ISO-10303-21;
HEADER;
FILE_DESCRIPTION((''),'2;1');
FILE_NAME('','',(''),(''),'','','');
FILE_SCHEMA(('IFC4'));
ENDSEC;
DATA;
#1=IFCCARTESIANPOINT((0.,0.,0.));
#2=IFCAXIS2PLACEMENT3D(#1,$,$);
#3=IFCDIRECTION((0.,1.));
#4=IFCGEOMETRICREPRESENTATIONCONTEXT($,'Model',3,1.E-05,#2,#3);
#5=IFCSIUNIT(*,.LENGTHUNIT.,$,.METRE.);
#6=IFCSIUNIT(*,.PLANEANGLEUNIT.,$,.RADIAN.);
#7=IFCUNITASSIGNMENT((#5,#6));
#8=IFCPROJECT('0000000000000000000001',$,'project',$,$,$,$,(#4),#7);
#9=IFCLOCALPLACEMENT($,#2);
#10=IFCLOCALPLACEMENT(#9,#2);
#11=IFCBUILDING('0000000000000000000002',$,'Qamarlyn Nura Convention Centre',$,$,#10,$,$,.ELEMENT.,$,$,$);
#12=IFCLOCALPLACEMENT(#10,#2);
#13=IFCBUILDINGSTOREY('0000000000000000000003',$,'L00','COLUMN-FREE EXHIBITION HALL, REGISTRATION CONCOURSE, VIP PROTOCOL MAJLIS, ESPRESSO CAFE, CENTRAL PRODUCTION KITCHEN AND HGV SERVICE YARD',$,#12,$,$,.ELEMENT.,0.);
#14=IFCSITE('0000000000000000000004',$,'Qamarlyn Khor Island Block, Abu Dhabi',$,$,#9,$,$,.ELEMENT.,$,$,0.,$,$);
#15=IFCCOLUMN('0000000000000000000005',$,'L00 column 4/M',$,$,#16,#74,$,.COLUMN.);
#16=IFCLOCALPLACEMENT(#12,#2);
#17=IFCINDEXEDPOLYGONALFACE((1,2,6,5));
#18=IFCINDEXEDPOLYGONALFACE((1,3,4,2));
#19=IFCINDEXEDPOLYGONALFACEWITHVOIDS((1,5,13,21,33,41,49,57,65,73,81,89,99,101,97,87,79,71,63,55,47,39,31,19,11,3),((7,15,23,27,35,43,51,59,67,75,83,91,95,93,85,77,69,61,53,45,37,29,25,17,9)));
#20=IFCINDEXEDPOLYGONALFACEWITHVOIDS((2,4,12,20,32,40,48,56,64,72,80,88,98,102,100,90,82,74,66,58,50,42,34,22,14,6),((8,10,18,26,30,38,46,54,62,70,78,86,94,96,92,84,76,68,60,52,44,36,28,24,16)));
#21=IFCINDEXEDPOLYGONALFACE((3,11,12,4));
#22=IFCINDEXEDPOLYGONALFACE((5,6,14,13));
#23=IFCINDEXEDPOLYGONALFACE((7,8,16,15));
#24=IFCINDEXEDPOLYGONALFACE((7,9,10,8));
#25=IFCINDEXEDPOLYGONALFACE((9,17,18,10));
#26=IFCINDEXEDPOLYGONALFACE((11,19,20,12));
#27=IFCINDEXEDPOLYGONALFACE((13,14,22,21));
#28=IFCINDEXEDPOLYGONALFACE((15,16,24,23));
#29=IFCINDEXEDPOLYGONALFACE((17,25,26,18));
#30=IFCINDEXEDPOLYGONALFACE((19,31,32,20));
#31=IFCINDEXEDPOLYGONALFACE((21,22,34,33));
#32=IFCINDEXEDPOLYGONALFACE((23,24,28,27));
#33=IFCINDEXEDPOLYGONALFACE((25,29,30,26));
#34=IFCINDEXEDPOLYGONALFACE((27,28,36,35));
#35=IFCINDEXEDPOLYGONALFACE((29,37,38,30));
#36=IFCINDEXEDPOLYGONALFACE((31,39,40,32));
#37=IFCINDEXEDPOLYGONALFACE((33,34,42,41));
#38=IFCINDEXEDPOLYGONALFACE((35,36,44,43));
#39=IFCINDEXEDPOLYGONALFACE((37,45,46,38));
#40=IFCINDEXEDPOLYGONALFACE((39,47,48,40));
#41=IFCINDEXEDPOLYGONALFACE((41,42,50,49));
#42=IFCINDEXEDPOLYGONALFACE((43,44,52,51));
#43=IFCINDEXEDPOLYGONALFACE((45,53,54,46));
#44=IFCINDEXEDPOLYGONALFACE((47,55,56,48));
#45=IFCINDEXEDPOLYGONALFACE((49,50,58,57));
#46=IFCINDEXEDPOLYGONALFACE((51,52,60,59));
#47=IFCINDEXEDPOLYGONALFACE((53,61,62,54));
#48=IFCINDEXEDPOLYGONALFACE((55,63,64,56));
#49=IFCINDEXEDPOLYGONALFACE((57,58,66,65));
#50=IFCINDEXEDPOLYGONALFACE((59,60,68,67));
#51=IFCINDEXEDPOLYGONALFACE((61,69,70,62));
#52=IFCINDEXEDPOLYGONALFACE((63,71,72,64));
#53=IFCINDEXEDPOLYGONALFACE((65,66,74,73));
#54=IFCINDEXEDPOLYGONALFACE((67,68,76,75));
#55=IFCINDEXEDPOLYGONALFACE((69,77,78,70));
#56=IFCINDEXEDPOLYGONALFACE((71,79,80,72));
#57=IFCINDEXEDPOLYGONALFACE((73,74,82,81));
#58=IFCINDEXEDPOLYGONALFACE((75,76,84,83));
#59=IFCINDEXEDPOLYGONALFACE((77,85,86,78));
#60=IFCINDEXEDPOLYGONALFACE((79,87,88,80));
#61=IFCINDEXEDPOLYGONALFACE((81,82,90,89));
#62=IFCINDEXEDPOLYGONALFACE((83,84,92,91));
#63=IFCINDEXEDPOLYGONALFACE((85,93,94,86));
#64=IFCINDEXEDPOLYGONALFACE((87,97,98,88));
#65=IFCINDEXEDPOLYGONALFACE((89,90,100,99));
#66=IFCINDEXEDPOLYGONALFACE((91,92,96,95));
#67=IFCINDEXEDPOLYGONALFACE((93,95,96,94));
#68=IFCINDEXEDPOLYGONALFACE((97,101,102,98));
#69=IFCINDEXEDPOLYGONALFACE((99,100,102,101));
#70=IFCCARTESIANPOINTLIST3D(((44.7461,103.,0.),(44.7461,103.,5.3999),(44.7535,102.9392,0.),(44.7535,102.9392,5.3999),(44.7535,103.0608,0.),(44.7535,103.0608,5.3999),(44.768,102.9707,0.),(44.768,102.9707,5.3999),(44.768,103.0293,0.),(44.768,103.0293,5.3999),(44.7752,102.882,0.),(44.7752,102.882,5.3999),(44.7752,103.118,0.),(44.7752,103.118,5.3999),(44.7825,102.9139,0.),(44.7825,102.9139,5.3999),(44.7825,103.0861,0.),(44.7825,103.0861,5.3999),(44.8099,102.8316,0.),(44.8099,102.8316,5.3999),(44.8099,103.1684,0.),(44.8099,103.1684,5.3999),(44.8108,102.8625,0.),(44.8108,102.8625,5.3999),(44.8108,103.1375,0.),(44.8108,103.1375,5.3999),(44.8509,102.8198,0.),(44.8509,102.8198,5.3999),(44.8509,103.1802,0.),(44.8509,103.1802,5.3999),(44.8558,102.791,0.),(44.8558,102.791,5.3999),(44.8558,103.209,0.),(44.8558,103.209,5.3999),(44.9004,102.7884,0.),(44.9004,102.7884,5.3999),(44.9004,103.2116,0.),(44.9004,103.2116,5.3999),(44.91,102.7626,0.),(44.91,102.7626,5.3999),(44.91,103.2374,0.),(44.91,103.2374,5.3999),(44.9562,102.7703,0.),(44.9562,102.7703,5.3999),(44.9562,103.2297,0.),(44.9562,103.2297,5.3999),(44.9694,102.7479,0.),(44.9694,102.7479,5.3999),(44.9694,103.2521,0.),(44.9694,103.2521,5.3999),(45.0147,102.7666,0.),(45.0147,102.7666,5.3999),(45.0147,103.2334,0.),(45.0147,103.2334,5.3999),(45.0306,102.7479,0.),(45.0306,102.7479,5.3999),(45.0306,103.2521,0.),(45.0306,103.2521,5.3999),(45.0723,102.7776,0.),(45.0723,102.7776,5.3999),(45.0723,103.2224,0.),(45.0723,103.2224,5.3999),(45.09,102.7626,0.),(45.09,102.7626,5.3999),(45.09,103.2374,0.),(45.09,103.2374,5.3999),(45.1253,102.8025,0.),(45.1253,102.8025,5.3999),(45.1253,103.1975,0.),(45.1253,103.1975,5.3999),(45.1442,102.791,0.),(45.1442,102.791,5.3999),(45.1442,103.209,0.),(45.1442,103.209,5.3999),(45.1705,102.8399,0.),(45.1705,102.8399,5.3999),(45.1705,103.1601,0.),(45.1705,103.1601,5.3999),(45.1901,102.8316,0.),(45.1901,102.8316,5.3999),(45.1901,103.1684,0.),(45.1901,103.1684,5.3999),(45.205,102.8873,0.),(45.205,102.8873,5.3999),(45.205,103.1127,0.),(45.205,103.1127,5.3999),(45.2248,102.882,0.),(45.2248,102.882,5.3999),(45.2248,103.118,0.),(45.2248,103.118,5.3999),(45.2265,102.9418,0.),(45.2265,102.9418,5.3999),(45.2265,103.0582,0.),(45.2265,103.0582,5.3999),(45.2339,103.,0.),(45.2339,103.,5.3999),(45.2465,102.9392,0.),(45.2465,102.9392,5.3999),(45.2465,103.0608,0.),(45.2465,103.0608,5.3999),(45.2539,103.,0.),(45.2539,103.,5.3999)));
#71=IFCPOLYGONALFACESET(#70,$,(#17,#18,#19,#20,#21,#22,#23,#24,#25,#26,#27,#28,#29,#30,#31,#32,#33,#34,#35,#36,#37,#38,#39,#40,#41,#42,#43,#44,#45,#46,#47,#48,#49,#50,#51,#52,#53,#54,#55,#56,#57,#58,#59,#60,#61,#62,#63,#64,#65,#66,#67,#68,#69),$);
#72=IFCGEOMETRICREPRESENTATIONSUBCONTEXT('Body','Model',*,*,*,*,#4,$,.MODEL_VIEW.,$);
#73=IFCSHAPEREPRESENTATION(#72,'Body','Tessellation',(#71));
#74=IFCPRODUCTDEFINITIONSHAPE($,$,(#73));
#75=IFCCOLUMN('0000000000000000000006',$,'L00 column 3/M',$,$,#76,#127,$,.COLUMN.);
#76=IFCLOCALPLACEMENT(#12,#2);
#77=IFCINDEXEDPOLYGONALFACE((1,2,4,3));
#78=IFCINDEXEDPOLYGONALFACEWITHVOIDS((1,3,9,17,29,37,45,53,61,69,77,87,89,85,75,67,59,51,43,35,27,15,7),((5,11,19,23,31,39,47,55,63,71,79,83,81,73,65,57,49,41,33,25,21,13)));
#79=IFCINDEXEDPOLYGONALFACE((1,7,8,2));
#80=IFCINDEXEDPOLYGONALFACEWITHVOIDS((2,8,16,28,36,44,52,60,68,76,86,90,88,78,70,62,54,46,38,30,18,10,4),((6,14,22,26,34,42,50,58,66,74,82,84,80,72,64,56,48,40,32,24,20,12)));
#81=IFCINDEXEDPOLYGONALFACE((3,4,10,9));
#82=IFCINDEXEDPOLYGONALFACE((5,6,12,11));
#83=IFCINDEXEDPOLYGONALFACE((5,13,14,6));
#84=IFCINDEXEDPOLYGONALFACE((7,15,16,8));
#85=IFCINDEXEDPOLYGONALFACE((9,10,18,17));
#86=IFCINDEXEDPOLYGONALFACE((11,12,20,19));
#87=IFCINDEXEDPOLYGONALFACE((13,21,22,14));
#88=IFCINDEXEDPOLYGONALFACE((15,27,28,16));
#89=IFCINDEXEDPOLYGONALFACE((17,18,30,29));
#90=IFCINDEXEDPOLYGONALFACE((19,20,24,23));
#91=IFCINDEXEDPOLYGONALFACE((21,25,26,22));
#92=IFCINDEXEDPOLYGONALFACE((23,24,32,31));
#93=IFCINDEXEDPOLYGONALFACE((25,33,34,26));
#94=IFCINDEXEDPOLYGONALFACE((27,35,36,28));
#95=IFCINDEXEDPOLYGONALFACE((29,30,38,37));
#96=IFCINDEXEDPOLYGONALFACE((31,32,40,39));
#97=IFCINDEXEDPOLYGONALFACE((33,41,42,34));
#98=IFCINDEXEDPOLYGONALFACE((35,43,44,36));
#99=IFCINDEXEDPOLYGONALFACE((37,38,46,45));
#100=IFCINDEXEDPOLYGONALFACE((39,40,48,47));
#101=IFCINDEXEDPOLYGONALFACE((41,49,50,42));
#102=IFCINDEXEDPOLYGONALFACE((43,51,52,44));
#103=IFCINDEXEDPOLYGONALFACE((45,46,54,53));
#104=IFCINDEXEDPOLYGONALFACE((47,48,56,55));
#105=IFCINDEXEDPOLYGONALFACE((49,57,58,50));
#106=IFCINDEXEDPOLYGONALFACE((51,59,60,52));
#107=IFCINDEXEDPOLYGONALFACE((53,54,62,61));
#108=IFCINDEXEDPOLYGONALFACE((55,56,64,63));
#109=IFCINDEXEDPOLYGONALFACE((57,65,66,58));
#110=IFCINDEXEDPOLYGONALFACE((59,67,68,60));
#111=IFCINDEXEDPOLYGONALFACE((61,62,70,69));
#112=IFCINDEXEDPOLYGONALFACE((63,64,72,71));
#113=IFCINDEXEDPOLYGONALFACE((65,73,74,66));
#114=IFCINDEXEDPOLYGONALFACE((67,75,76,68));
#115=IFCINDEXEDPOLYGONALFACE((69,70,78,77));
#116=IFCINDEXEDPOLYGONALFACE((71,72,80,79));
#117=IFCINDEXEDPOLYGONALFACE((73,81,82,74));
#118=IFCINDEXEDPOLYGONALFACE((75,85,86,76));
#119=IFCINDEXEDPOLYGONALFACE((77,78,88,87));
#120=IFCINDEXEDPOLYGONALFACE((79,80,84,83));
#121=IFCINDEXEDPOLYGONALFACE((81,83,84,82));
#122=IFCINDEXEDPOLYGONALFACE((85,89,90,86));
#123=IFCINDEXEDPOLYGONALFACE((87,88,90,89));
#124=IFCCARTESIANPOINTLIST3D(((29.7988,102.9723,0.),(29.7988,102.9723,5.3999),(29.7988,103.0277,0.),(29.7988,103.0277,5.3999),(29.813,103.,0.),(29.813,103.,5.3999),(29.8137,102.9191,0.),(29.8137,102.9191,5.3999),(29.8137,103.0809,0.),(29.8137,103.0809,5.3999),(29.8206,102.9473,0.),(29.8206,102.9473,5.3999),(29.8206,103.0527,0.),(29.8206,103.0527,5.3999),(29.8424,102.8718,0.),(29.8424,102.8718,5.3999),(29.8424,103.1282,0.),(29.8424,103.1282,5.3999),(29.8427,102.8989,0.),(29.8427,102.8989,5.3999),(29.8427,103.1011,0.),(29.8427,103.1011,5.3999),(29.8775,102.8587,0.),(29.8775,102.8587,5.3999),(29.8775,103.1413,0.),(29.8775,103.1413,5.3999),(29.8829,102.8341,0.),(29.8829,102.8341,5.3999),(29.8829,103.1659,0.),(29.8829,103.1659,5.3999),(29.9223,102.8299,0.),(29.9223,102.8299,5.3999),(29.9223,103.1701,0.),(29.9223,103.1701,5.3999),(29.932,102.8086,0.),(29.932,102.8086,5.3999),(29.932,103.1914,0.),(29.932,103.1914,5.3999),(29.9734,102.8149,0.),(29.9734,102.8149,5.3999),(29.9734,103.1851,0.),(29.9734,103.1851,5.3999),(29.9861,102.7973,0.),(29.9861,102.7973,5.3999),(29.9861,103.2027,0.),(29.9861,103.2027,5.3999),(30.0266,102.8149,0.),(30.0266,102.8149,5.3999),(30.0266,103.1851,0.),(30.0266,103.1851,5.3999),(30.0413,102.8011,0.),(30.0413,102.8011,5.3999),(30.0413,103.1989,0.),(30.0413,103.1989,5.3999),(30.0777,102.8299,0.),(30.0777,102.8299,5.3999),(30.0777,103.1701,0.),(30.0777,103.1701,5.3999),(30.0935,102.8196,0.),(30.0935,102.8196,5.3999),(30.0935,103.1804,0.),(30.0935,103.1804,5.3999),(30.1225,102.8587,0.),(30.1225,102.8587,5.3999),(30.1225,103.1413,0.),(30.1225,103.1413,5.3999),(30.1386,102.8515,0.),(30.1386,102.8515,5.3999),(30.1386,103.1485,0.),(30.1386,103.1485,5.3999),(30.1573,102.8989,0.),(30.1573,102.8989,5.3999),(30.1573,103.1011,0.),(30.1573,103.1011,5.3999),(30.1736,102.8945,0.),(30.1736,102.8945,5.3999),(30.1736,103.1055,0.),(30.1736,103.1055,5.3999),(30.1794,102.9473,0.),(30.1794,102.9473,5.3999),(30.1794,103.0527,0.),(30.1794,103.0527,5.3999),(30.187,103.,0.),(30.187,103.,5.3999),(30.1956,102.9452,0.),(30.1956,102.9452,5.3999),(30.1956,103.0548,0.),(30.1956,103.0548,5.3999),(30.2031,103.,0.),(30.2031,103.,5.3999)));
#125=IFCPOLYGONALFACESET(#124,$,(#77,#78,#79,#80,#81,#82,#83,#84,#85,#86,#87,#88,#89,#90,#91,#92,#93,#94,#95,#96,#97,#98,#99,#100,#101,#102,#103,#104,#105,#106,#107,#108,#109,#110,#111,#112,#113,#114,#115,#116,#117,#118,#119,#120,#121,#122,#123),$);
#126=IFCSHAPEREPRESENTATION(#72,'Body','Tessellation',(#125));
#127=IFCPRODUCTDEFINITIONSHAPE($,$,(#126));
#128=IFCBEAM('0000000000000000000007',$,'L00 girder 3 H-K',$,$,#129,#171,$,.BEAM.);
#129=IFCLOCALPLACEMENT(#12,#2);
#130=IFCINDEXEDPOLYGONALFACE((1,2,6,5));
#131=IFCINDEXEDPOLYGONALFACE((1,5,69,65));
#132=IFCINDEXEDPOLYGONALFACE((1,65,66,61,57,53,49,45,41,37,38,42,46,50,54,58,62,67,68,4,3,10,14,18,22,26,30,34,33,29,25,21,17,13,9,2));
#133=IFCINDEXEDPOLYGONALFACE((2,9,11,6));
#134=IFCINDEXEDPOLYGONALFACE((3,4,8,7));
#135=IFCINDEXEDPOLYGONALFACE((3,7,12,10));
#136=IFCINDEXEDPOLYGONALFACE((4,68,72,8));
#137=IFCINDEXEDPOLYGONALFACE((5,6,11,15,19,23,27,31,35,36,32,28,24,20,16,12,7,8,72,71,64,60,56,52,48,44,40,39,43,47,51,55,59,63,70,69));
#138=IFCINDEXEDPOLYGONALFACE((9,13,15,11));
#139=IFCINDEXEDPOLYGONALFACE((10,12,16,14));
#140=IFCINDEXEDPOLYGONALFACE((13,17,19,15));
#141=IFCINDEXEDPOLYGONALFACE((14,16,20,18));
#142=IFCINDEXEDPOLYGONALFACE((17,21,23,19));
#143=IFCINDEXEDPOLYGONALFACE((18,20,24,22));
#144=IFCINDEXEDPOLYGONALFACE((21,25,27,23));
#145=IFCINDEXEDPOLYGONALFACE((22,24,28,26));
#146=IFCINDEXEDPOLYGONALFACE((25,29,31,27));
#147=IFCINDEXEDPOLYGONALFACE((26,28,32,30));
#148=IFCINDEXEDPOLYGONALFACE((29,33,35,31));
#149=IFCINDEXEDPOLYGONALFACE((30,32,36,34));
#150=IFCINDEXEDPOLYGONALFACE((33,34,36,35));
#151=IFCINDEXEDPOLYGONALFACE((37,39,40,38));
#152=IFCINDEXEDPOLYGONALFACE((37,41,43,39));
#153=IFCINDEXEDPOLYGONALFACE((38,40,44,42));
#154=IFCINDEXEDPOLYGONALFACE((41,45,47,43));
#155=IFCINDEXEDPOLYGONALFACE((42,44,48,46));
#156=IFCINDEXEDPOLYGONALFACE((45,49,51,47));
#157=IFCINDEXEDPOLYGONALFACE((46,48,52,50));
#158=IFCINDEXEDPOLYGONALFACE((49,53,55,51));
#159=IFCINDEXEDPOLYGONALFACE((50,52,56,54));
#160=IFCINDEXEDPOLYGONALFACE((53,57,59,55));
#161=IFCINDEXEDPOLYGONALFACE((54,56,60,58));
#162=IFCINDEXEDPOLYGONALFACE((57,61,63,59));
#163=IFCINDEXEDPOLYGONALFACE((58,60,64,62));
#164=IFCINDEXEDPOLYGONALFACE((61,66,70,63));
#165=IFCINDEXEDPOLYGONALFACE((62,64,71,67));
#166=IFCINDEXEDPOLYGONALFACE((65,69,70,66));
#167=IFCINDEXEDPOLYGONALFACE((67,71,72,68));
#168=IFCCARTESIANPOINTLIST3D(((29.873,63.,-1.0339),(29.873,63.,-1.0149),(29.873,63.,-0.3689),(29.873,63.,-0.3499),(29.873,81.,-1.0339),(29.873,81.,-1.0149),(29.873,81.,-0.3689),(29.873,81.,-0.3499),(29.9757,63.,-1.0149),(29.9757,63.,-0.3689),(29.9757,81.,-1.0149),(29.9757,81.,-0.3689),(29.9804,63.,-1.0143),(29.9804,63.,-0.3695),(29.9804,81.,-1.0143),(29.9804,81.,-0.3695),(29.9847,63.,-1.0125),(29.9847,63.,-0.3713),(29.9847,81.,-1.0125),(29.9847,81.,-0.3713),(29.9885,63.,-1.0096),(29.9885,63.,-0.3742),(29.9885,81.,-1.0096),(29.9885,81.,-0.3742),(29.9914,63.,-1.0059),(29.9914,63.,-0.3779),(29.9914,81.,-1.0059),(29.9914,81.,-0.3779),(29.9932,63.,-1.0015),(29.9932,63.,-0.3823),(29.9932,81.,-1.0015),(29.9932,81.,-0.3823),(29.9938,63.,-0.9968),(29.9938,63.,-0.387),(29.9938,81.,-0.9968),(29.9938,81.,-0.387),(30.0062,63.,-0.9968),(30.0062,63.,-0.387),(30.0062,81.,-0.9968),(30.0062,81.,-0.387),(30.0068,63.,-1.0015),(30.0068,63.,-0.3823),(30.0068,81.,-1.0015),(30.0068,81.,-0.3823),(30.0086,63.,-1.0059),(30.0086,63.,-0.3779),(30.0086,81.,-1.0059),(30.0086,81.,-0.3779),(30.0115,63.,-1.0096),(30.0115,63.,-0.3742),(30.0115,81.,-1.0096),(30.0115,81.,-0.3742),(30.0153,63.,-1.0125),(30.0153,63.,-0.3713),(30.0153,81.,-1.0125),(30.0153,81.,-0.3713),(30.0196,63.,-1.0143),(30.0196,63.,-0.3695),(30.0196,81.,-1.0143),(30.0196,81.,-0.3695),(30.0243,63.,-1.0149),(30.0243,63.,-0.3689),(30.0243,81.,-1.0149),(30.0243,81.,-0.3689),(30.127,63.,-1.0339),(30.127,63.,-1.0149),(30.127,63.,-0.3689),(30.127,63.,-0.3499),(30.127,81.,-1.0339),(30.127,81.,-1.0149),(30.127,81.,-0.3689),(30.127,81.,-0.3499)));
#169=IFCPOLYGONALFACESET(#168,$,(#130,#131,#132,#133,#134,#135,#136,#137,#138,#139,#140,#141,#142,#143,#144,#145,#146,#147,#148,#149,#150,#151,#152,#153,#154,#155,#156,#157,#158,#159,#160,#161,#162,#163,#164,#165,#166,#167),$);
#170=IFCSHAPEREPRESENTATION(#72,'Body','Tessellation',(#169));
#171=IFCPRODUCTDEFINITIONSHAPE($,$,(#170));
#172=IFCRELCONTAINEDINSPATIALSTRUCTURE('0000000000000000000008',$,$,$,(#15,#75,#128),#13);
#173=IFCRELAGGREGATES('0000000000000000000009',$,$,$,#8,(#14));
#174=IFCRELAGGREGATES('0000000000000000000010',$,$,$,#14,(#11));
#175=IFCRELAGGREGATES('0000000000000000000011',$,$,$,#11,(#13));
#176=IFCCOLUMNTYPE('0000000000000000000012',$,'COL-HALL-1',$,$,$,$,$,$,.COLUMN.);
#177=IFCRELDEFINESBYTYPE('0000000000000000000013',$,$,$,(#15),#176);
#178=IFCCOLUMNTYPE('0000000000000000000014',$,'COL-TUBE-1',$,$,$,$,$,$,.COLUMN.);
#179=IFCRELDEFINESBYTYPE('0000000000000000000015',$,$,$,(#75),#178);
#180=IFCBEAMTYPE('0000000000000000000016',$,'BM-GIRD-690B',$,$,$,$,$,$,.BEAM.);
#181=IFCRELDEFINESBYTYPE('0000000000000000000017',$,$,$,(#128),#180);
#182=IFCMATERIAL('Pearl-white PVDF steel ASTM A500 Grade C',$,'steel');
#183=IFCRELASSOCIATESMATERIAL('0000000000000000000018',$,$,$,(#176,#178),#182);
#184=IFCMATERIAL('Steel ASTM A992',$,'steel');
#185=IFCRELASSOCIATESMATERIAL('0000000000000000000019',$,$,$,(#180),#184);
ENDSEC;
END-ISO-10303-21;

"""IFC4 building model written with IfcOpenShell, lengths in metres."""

from ifc_helpers import new_model, si_unit, direction, frame, origin, origin_2d, place, context, subcontext, project, spatial, hollow_circle, i_section, extrude, material, material_profile, profile_set, type_object, element, save


model = new_model("IFC4")

# Units and contexts
model_context = context("Model", 3, precision=1e-05, world=origin(), true_north=direction((0.0, 1.0)))
body_context = subcontext(model_context, "Body", "Model", "MODEL_VIEW")
ifc_project = project(units=[si_unit("LENGTHUNIT", "METRE"), si_unit("PLANEANGLEUNIT", "RADIAN")], contexts=[model_context])

# Site, building, storey
site_placement = place(None, origin())
site = spatial("IfcSite", under=ifc_project, at=site_placement, Name="Qamarlyn Khor Island Block, Abu Dhabi", CompositionType="ELEMENT", RefElevation=0.0)
building_placement = place(site_placement, origin())
building = spatial("IfcBuilding", under=site, at=building_placement, Name="Qamarlyn Nura Convention Centre", CompositionType="ELEMENT")
storey_placement = place(building_placement, origin())
storey = spatial("IfcBuildingStorey", under=building, at=storey_placement, Name="L00", Description="COLUMN-FREE EXHIBITION HALL, REGISTRATION CONCOURSE, VIP PROTOCOL MAJLIS, ESPRESSO CAFE, CENTRAL PRODUCTION KITCHEN AND HGV SERVICE YARD", CompositionType="ELEMENT", Elevation=0.0)

# Columns
ifc_material_1 = material(Name="Pearl-white PVDF steel ASTM A500 Grade C", Category="steel")
ifc_material_profile_1 = material_profile(ifc_material_1, hollow_circle(Radius=0.2539, WallThickness=0.02, at=origin_2d()), Name="CHS508X20")
ifc_profile_set_1 = profile_set([ifc_material_profile_1], Name="Pearl-white PVDF steel ASTM A500 Grade C")
column_type_1 = type_object("IfcColumnType", Name="COL-HALL-1", PredefinedType="COLUMN", material=ifc_profile_set_1)
column_1_placement = place(storey_placement, frame((45.0, 103.0, 0.0), z_axis=(0.0, 0.0, 1.0), x_axis=(1.0, 0.0, 0.0)))
element("IfcColumn", 1, at=column_1_placement, inside=storey, type_object=column_type_1, Name="L00 column 4/M", PredefinedType="COLUMN", context=body_context, shape_type="SweptSolid", body=[
    extrude(hollow_circle(Radius=0.2539, WallThickness=0.02, at=origin_2d()), origin(), (0.0, 0.0, 1.0), 5.3999),
])
ifc_material_profile_2 = material_profile(ifc_material_1, hollow_circle(Radius=0.2031, WallThickness=0.0161, at=origin_2d()), Name="CHS406.4X16")
ifc_profile_set_2 = profile_set([ifc_material_profile_2], Name="Pearl-white PVDF steel ASTM A500 Grade C")
column_type_2 = type_object("IfcColumnType", Name="COL-TUBE-1", PredefinedType="COLUMN", material=ifc_profile_set_2)
column_2_placement = place(storey_placement, frame((30.0, 103.0, 0.0), z_axis=(0.0, 0.0, 1.0), x_axis=(1.0, 0.0, 0.0)))
element("IfcColumn", 2, at=column_2_placement, inside=storey, type_object=column_type_2, Name="L00 column 3/M", PredefinedType="COLUMN", context=body_context, shape_type="SweptSolid", body=[
    extrude(hollow_circle(Radius=0.2031, WallThickness=0.0161, at=origin_2d()), origin(), (0.0, 0.0, 1.0), 5.3999),
])

# Beam
ifc_material_2 = material(Name="Steel ASTM A992", Category="steel")
ifc_material_profile_3 = material_profile(ifc_material_2, i_section(OverallWidth=0.2539, OverallDepth=0.6841, WebThickness=0.0125, FlangeThickness=0.019, FilletRadius=0.0181, at=origin_2d()), Name="W690X140")
ifc_profile_set_3 = profile_set([ifc_material_profile_3], Name="Steel ASTM A992")
beam_type_1 = type_object("IfcBeamType", Name="BM-GIRD-690B", PredefinedType="BEAM", material=ifc_profile_set_3)
beam_1_placement = place(storey_placement, frame((30.0, 63.0, -0.6919), z_axis=(0.0, 1.0, 0.0), x_axis=(-1.0, 0.0, 0.0)))
element("IfcBeam", 3, at=beam_1_placement, inside=storey, type_object=beam_type_1, Name="L00 girder 3 H-K", PredefinedType="BEAM", context=body_context, shape_type="SweptSolid", body=[
    extrude(i_section(OverallWidth=0.2539, OverallDepth=0.6841, WebThickness=0.0125, FlangeThickness=0.019, FilletRadius=0.0181, at=origin_2d()), origin(), (0.0, 0.0, 1.0), 18.0),
])

save(model, "model.ifc")
